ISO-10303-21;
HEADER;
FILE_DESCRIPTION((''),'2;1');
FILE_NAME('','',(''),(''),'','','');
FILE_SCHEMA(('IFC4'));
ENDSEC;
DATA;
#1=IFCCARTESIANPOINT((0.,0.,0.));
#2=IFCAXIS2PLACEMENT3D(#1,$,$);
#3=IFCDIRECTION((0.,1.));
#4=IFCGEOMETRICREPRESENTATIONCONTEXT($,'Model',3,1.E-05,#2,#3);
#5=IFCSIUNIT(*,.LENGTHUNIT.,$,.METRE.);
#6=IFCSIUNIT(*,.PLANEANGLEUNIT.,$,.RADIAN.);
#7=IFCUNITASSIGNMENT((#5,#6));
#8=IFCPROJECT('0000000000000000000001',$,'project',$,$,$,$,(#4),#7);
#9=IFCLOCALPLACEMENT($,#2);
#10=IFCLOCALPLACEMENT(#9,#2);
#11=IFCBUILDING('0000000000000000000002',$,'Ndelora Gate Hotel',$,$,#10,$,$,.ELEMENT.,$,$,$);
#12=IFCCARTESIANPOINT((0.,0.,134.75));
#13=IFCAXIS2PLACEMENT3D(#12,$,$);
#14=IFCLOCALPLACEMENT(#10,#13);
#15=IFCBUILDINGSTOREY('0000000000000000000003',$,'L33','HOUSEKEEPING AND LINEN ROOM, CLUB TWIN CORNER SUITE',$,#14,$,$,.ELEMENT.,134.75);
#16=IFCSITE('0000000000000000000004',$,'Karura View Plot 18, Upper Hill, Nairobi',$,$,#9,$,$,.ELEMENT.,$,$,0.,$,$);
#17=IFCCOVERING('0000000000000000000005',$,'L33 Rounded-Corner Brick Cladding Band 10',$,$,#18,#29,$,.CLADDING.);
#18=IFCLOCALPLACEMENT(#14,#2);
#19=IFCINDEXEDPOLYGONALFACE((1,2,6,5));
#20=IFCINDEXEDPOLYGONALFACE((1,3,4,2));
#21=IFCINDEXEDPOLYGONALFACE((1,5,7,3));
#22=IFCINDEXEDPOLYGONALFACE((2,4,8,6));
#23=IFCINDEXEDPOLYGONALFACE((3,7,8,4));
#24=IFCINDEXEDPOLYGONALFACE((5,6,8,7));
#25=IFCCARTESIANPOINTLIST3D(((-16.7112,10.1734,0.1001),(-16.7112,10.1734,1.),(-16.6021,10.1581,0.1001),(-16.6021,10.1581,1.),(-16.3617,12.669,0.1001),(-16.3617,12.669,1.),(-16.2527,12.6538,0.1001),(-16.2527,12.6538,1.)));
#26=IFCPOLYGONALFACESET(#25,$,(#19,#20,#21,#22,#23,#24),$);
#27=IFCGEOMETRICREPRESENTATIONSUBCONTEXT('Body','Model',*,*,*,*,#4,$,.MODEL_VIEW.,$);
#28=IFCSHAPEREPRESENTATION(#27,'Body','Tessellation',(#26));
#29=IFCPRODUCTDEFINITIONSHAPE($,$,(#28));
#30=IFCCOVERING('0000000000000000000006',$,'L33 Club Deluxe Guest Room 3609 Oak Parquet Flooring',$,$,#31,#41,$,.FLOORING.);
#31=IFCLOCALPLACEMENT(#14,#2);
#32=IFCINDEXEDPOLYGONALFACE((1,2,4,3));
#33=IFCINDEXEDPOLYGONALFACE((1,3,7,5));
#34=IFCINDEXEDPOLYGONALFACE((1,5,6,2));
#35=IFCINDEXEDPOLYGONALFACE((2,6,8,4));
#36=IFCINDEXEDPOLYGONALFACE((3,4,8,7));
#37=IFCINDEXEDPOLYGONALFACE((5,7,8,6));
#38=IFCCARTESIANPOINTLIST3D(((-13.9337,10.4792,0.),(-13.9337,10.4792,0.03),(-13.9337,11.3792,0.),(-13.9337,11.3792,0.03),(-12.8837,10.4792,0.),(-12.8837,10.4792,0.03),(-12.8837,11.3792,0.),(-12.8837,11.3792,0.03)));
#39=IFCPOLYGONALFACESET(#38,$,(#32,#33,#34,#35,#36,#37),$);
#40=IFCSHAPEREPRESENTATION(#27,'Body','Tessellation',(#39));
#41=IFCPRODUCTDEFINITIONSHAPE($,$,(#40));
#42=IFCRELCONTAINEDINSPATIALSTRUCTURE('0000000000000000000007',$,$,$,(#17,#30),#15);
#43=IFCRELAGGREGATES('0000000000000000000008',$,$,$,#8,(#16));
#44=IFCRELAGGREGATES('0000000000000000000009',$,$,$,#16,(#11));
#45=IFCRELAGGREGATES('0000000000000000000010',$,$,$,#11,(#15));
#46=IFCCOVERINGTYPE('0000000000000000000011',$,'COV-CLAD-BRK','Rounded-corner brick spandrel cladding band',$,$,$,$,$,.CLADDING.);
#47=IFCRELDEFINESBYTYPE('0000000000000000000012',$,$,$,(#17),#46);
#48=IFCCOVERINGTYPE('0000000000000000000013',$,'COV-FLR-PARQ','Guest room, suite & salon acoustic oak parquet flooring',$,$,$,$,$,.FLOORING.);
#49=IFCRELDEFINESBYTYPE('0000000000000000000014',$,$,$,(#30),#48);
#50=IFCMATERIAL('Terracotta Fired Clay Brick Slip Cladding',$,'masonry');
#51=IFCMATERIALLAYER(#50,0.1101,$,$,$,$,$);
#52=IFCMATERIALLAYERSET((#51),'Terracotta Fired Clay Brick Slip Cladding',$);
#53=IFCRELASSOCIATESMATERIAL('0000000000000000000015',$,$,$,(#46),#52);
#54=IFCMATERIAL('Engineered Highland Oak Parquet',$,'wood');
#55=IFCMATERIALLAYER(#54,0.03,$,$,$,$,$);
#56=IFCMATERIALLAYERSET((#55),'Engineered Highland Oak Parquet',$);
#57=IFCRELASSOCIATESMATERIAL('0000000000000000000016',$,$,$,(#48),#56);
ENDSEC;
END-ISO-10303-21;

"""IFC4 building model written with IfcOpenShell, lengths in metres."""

from ifc_helpers import new_model, si_unit, direction, frame, origin, origin_2d, place, context, subcontext, project, spatial, rectangle, extrude, material, layer, layer_set, type_object, element, save


model = new_model("IFC4")

# Units and contexts
model_context = context("Model", 3, precision=1e-05, world=origin(), true_north=direction((0.0, 1.0)))
body_context = subcontext(model_context, "Body", "Model", "MODEL_VIEW")
ifc_project = project(units=[si_unit("LENGTHUNIT", "METRE"), si_unit("PLANEANGLEUNIT", "RADIAN")], contexts=[model_context])

# Site, building, storey
site_placement = place(None, origin())
site = spatial("IfcSite", under=ifc_project, at=site_placement, Name="Karura View Plot 18, Upper Hill, Nairobi", CompositionType="ELEMENT", RefElevation=0.0)
building_placement = place(site_placement, origin())
building = spatial("IfcBuilding", under=site, at=building_placement, Name="Ndelora Gate Hotel", CompositionType="ELEMENT")
storey_placement = place(building_placement, frame((0.0, 0.0, 134.75)))
storey = spatial("IfcBuildingStorey", under=building, at=storey_placement, Name="L33", Description="HOUSEKEEPING AND LINEN ROOM, CLUB TWIN CORNER SUITE", CompositionType="ELEMENT", Elevation=134.75)

# Coverings
ifc_material_1 = material(Name="Terracotta Fired Clay Brick Slip Cladding", Category="masonry")
ifc_layer_1 = layer(ifc_material_1, 0.1101)
ifc_layer_set_1 = layer_set([ifc_layer_1], Name="Terracotta Fired Clay Brick Slip Cladding")
covering_type_1 = type_object("IfcCoveringType", Name="COV-CLAD-BRK", Description="Rounded-corner brick spandrel cladding band", PredefinedType="CLADDING", material=ifc_layer_set_1)
covering_1_placement = place(storey_placement, frame((-16.4819, 11.4136, 0.1001), z_axis=(0.0, 0.0, 1.0), x_axis=(0.138655, 0.990341, 0.0)))
element("IfcCovering", 1, at=covering_1_placement, inside=storey, type_object=covering_type_1, Name="L33 Rounded-Corner Brick Cladding Band 10", PredefinedType="CLADDING", context=body_context, shape_type="SweptSolid", body=[
    extrude(rectangle(XDim=2.52, YDim=0.1101, at=origin_2d()), origin(), (0.0, 0.0, 1.0), 0.8999),
])
ifc_material_2 = material(Name="Engineered Highland Oak Parquet", Category="wood")
ifc_layer_2 = layer(ifc_material_2, 0.03)
ifc_layer_set_2 = layer_set([ifc_layer_2], Name="Engineered Highland Oak Parquet")
covering_type_2 = type_object("IfcCoveringType", Name="COV-FLR-PARQ", Description="Guest room, suite & salon acoustic oak parquet flooring", PredefinedType="FLOORING", material=ifc_layer_set_2)
covering_2_placement = place(storey_placement, frame((-13.4087, 10.9292, 0.0), z_axis=(0.0, 0.0, 1.0), x_axis=(1.0, 0.0, 0.0)))
element("IfcCovering", 2, at=covering_2_placement, inside=storey, type_object=covering_type_2, Name="L33 Club Deluxe Guest Room 3609 Oak Parquet Flooring", PredefinedType="FLOORING", context=body_context, shape_type="SweptSolid", body=[
    extrude(rectangle(XDim=1.05, YDim=0.8999, at=origin_2d()), origin(), (0.0, 0.0, 1.0), 0.03),
])

save(model, "model.ifc")
